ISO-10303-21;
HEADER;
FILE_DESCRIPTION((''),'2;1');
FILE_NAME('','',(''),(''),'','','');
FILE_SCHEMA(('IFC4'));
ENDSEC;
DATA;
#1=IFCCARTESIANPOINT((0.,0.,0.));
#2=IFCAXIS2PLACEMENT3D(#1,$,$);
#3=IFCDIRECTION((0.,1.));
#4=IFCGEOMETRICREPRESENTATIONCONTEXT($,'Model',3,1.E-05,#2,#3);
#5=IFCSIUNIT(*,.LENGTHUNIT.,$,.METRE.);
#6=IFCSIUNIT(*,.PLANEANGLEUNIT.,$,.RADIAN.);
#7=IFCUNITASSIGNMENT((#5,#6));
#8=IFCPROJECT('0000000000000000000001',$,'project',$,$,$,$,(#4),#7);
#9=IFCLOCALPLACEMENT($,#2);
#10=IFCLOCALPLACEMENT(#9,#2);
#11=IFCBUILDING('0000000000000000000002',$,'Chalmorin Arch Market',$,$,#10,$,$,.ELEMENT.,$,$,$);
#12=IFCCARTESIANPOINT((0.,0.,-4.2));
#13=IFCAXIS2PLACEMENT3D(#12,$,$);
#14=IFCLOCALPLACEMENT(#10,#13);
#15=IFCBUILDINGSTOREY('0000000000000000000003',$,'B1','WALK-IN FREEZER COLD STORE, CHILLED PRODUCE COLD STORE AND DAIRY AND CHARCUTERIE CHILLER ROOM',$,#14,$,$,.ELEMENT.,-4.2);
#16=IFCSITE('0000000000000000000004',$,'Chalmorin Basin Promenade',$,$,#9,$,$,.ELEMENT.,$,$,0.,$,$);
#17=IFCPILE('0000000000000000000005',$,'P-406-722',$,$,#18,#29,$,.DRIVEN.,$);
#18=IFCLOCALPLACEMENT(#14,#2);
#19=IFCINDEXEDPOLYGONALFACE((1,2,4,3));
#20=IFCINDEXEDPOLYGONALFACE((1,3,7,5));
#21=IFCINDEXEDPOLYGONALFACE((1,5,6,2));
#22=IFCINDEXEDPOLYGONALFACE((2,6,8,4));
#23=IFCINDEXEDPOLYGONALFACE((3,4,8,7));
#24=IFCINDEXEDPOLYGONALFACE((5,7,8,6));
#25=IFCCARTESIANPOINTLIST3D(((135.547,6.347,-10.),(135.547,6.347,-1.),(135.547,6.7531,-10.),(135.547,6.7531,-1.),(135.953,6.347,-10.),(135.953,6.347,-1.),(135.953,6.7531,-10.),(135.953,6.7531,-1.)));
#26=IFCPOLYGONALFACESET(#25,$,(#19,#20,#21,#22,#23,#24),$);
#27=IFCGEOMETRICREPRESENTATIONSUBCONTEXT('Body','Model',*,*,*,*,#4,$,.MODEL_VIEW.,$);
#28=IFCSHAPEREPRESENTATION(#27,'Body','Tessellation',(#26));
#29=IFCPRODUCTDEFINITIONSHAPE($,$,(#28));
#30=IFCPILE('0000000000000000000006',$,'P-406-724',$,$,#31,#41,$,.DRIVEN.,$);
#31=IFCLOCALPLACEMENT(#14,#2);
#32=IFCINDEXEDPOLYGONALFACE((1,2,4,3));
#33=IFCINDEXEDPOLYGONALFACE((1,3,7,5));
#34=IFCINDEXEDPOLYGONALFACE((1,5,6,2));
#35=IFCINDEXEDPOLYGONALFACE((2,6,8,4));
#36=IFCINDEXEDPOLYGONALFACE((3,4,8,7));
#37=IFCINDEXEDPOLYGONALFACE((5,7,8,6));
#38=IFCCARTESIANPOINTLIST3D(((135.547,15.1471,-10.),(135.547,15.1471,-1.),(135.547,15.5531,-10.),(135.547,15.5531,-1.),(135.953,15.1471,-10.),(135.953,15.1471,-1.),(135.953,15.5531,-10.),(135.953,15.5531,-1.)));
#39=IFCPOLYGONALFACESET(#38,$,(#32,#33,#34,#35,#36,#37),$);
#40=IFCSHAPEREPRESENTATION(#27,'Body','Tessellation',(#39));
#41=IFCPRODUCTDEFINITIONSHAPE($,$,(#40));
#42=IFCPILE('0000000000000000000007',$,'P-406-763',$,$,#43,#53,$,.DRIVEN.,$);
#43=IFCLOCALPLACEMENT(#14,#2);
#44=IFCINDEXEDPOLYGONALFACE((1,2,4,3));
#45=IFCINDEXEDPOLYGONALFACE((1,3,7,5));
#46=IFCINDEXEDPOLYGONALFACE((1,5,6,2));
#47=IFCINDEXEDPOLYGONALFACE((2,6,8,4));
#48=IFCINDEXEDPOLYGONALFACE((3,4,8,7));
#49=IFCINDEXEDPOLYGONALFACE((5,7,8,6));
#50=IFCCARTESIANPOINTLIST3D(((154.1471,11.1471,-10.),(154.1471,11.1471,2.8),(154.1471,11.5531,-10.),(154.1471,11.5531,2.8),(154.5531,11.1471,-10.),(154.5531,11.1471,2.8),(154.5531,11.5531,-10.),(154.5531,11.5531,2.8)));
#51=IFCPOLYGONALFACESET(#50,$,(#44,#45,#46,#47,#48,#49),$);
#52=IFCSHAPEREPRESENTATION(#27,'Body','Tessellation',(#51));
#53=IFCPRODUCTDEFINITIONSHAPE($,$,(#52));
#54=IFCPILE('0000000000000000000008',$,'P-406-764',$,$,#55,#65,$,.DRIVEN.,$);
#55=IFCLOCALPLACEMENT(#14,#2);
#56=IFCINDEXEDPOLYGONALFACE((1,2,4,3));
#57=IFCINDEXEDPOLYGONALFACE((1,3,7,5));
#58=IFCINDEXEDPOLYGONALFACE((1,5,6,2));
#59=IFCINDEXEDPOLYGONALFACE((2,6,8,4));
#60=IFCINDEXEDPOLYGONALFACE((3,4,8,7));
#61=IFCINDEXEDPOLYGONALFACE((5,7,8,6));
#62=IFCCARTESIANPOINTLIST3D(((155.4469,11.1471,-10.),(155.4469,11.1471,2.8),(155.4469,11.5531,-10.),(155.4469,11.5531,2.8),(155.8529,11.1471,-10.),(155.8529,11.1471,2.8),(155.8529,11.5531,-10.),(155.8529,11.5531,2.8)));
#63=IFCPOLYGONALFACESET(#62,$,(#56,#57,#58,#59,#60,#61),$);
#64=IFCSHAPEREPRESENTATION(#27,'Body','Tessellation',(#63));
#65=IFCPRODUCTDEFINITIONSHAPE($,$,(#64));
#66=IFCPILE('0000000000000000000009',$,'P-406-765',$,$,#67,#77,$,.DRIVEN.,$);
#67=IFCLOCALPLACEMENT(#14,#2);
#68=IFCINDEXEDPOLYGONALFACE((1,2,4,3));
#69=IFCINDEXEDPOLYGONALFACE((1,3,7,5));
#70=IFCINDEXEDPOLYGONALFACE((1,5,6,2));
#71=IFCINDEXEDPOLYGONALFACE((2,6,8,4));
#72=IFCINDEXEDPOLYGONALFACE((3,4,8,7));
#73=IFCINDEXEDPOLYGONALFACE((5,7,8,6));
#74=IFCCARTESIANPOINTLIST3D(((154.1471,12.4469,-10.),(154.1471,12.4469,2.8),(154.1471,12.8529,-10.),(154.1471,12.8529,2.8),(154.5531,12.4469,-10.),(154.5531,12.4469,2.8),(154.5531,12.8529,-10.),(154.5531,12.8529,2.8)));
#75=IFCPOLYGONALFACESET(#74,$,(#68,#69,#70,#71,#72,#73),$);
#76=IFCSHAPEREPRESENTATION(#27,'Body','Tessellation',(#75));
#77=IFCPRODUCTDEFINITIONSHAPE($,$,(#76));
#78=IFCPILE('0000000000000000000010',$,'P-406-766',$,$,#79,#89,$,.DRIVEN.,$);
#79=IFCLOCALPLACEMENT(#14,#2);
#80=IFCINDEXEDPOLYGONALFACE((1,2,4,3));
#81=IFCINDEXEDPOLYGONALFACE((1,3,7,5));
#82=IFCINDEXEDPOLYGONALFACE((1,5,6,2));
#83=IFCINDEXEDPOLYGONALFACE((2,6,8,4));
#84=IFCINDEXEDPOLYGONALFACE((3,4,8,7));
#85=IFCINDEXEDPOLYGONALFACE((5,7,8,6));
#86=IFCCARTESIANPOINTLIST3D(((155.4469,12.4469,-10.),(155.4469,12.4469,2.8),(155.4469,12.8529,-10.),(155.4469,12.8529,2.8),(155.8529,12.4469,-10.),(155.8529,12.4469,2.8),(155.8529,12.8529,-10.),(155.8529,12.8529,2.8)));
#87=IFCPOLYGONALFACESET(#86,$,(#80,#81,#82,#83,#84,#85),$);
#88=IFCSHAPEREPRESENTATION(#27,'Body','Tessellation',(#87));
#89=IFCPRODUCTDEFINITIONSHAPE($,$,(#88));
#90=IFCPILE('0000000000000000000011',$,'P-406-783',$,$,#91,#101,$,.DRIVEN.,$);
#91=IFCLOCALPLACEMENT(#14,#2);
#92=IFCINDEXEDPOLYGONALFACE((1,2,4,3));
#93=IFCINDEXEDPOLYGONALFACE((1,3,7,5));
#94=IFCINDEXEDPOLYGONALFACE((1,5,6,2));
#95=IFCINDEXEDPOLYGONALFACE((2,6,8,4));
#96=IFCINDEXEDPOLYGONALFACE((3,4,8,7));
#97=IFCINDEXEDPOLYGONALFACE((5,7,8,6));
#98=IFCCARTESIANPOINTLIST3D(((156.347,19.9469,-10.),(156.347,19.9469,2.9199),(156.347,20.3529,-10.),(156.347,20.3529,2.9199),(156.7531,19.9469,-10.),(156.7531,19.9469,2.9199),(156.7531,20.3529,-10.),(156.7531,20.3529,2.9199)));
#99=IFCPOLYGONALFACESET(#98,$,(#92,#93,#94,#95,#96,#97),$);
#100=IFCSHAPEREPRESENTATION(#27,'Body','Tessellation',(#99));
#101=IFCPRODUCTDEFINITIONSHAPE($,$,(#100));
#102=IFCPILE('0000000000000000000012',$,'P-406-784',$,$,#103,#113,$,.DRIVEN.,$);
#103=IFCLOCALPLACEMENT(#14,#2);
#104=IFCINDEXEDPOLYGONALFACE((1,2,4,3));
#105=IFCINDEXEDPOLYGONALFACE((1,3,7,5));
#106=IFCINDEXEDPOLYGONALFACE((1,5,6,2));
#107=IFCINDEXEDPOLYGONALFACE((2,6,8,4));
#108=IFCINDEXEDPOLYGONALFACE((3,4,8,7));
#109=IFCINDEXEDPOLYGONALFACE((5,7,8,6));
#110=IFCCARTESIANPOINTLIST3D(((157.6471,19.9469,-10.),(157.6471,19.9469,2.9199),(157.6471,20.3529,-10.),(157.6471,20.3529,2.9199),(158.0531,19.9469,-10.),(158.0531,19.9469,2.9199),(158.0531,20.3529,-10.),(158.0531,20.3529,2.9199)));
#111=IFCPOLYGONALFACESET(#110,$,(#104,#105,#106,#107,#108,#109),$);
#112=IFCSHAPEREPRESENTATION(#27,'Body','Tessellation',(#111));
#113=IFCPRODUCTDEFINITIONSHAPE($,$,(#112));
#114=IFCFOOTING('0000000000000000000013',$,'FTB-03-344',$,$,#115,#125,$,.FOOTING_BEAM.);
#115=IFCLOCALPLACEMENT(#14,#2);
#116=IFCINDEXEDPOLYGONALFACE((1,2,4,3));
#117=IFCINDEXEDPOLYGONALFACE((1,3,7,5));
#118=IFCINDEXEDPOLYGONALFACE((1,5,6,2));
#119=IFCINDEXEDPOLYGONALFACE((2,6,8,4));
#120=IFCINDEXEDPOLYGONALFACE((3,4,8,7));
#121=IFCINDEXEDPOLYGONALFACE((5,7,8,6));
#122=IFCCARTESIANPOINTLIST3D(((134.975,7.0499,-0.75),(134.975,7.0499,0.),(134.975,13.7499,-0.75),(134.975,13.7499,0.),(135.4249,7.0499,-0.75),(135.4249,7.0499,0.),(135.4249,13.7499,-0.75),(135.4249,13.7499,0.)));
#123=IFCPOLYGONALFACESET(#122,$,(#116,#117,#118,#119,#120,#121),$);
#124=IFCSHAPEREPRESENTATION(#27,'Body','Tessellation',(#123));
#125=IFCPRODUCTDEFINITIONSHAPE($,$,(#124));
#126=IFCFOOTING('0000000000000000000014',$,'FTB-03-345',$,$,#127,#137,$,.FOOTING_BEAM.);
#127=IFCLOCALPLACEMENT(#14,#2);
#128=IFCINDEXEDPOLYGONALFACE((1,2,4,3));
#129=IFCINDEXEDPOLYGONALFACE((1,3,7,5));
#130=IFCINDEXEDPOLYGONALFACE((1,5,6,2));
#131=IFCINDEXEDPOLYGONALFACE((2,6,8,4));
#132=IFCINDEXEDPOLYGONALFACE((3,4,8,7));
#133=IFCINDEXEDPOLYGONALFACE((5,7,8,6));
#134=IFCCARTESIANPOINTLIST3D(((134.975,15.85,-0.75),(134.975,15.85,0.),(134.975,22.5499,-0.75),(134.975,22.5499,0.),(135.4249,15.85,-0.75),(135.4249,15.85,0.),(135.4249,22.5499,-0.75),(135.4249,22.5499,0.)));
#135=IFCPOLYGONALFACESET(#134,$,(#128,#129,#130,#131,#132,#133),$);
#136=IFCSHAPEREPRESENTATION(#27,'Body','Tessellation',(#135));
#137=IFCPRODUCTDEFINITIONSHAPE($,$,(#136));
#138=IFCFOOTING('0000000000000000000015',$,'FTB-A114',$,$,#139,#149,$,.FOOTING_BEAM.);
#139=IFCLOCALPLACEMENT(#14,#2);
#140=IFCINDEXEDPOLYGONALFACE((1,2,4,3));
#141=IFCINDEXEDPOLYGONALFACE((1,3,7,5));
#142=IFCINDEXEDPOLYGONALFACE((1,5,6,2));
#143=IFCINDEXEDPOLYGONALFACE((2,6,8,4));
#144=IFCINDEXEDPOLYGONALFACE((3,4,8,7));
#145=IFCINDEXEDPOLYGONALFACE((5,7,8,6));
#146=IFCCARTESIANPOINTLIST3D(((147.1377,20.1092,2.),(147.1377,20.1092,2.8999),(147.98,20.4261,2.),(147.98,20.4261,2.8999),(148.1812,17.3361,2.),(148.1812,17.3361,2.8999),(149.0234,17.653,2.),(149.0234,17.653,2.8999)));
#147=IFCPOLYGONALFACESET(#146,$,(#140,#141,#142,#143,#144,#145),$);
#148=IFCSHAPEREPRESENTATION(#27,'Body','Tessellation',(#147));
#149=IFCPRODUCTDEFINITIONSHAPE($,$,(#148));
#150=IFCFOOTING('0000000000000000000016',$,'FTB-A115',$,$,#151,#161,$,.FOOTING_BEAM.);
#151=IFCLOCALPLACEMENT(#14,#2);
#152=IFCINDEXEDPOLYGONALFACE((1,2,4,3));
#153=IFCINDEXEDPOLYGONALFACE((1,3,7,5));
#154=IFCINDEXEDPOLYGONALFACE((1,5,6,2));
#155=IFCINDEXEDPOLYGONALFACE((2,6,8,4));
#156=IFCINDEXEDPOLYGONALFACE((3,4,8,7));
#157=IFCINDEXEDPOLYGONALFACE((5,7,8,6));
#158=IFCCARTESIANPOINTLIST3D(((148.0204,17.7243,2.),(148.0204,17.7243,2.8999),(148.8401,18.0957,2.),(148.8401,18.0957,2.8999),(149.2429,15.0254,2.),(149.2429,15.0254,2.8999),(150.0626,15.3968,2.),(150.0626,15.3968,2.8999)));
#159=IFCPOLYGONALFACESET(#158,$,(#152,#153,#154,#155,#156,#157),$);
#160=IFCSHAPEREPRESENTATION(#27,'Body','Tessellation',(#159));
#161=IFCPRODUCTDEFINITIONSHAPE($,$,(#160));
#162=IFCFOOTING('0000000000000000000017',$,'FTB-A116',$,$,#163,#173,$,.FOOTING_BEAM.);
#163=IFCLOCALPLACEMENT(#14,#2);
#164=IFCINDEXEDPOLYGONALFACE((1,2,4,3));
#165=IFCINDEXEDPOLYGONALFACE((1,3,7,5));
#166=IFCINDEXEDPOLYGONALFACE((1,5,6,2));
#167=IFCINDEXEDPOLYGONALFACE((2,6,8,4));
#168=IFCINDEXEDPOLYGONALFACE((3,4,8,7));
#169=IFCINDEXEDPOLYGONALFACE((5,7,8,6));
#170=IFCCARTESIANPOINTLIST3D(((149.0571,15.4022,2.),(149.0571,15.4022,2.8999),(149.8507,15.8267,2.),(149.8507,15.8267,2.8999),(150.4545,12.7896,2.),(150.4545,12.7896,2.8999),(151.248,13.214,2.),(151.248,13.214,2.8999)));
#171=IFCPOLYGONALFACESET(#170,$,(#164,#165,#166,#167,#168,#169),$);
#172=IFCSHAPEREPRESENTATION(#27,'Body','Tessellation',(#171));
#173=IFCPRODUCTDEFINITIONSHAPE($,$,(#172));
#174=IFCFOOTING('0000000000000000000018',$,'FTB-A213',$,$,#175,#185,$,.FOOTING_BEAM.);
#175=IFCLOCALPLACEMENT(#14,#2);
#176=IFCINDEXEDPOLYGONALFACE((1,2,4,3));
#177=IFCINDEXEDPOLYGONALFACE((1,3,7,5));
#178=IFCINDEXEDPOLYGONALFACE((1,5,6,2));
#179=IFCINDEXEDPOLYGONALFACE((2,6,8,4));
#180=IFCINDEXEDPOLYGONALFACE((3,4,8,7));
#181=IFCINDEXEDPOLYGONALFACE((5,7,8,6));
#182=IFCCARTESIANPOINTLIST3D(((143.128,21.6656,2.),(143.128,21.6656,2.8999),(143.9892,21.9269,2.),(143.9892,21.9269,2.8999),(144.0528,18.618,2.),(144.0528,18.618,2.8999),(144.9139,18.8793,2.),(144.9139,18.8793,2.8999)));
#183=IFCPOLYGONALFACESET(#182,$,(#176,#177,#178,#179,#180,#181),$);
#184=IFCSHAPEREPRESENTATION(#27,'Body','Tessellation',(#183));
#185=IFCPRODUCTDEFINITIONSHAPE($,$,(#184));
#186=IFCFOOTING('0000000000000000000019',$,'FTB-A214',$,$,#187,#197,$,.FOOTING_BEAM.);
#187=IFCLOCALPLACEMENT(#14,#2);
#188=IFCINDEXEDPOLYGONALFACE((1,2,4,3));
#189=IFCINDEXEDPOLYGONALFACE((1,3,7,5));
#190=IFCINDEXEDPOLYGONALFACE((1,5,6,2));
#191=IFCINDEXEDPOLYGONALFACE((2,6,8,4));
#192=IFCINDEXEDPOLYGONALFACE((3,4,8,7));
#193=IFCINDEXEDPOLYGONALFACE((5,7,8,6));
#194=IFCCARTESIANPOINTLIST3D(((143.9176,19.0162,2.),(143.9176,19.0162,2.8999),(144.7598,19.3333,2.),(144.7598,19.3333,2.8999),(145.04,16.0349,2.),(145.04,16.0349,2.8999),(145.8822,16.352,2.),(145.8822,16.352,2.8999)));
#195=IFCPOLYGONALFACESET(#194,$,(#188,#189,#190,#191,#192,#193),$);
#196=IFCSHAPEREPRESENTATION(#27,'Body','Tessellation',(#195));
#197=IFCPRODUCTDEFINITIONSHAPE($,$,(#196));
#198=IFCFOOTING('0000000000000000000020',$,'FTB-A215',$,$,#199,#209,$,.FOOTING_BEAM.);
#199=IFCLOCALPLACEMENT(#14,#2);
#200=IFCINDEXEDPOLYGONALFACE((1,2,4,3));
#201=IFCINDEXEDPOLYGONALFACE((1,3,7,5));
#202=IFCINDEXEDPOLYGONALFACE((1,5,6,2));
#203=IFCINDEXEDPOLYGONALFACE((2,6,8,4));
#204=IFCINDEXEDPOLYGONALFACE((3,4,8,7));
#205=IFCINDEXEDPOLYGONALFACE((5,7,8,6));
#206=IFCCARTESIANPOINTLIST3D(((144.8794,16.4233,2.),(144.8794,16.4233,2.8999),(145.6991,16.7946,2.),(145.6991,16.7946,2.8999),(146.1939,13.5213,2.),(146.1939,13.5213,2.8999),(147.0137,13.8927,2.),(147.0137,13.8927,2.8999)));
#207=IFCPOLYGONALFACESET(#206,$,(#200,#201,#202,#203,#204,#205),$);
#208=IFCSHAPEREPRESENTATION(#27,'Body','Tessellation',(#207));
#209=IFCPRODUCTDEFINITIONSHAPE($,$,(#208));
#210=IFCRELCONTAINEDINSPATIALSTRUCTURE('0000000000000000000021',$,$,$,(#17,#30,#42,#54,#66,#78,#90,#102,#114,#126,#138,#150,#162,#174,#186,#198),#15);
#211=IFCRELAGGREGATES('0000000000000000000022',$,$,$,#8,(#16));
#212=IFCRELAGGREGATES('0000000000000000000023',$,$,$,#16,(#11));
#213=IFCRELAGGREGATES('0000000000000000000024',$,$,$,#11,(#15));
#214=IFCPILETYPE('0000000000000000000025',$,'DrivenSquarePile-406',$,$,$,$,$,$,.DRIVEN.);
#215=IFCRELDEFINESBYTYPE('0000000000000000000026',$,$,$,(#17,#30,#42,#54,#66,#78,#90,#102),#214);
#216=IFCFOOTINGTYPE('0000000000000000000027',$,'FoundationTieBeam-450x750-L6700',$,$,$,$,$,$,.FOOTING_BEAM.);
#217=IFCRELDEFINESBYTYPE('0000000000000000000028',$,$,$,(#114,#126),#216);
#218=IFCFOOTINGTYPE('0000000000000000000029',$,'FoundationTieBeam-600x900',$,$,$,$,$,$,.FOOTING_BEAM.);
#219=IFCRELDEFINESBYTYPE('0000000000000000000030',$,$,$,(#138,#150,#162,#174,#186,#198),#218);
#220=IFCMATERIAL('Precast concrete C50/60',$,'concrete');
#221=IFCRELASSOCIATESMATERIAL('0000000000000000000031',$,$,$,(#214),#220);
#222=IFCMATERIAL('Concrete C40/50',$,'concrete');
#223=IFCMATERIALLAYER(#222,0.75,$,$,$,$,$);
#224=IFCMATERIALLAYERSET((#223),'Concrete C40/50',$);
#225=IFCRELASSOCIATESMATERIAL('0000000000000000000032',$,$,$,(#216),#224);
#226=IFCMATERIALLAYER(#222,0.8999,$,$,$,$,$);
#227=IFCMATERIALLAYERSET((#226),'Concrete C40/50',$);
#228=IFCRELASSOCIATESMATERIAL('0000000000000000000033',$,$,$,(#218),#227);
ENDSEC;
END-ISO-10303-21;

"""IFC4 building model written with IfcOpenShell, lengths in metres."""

from ifc_helpers import new_model, si_unit, direction, frame, origin, origin_2d, place, context, subcontext, project, spatial, rectangle, extrude, material, layer, layer_set, material_profile, profile_set, type_object, element, save


model = new_model("IFC4")

# Units and contexts
model_context = context("Model", 3, precision=1e-05, world=origin(), true_north=direction((0.0, 1.0)))
body_context = subcontext(model_context, "Body", "Model", "MODEL_VIEW")
ifc_project = project(units=[si_unit("LENGTHUNIT", "METRE"), si_unit("PLANEANGLEUNIT", "RADIAN")], contexts=[model_context])

# Site, building, storey
site_placement = place(None, origin())
site = spatial("IfcSite", under=ifc_project, at=site_placement, Name="Chalmorin Basin Promenade", CompositionType="ELEMENT", RefElevation=0.0)
building_placement = place(site_placement, origin())
building = spatial("IfcBuilding", under=site, at=building_placement, Name="Chalmorin Arch Market", CompositionType="ELEMENT")
storey_placement = place(building_placement, frame((0.0, 0.0, -4.2)))
storey = spatial("IfcBuildingStorey", under=building, at=storey_placement, Name="B1", Description="WALK-IN FREEZER COLD STORE, CHILLED PRODUCE COLD STORE AND DAIRY AND CHARCUTERIE CHILLER ROOM", CompositionType="ELEMENT", Elevation=-4.2)

# Piles
ifc_material_1 = material(Name="Precast concrete C50/60", Category="concrete")
ifc_material_profile_1 = material_profile(ifc_material_1, rectangle(XDim=0.406, YDim=0.406, at=origin_2d()), Name="PPC406")
ifc_profile_set_1 = profile_set([ifc_material_profile_1], Name="Precast concrete C50/60")
pile_type = type_object("IfcPileType", Name="DrivenSquarePile-406", PredefinedType="DRIVEN", material=ifc_profile_set_1)
for number, where, z_axis, x_axis, name in (
    (1, (135.75, 6.55, -1.0), (0.0, 0.0, -1.0), (1.0, 0.0, 0.0), "P-406-722"),
    (2, (135.75, 15.3501, -1.0), (0.0, 0.0, -1.0), (1.0, 0.0, 0.0), "P-406-724"),
):
    element("IfcPile", number, at=place(storey_placement, frame(where, z_axis=z_axis, x_axis=x_axis)), inside=storey, type_object=pile_type, Name=name, PredefinedType="DRIVEN", context=body_context, shape_type="SweptSolid", body=[
        extrude(rectangle(XDim=0.406, YDim=0.406, at=origin_2d()), origin(), (0.0, 0.0, 1.0), 9.0),
    ])
for number, where, z_axis, x_axis, name in (
    (3, (154.3501, 11.3501, 2.8), (0.0, 0.0, -1.0), (1.0, 0.0, 0.0), "P-406-763"),
    (4, (155.6499, 11.3501, 2.8), (0.0, 0.0, -1.0), (1.0, 0.0, 0.0), "P-406-764"),
    (5, (154.3501, 12.6499, 2.8), (0.0, 0.0, -1.0), (1.0, 0.0, 0.0), "P-406-765"),
    (6, (155.6499, 12.6499, 2.8), (0.0, 0.0, -1.0), (1.0, 0.0, 0.0), "P-406-766"),
):
    element("IfcPile", number, at=place(storey_placement, frame(where, z_axis=z_axis, x_axis=x_axis)), inside=storey, type_object=pile_type, Name=name, PredefinedType="DRIVEN", context=body_context, shape_type="SweptSolid", body=[
        extrude(rectangle(XDim=0.406, YDim=0.406, at=origin_2d()), origin(), (0.0, 0.0, 1.0), 12.8),
    ])
for number, where, z_axis, x_axis, name in (
    (7, (156.55, 20.1499, 2.9199), (0.0, 0.0, -1.0), (1.0, 0.0, 0.0), "P-406-783"),
    (8, (157.8501, 20.1499, 2.9199), (0.0, 0.0, -1.0), (1.0, 0.0, 0.0), "P-406-784"),
):
    element("IfcPile", number, at=place(storey_placement, frame(where, z_axis=z_axis, x_axis=x_axis)), inside=storey, type_object=pile_type, Name=name, PredefinedType="DRIVEN", context=body_context, shape_type="SweptSolid", body=[
        extrude(rectangle(XDim=0.406, YDim=0.406, at=origin_2d()), origin(), (0.0, 0.0, 1.0), 12.9199),
    ])

# Footings
ifc_material_2 = material(Name="Concrete C40/50", Category="concrete")
ifc_layer_1 = layer(ifc_material_2, 0.75)
ifc_layer_set_1 = layer_set([ifc_layer_1], Name="Concrete C40/50")
footing_type_1 = type_object("IfcFootingType", Name="FoundationTieBeam-450x750-L6700", PredefinedType="FOOTING_BEAM", material=ifc_layer_set_1)
for number, where, z_axis, x_axis, name in (
    (9, (135.2, 10.3999, -0.75), (0.0, 0.0, 1.0), (0.0, 1.0, 0.0), "FTB-03-344"),
    (10, (135.2, 19.2, -0.75), (0.0, 0.0, 1.0), (0.0, 1.0, 0.0), "FTB-03-345"),
):
    element("IfcFooting", number, at=place(storey_placement, frame(where, z_axis=z_axis, x_axis=x_axis)), inside=storey, type_object=footing_type_1, Name=name, PredefinedType="FOOTING_BEAM", context=body_context, shape_type="SweptSolid", body=[
        extrude(rectangle(XDim=6.7, YDim=0.45, at=origin_2d()), origin(), (0.0, 0.0, 1.0), 0.75),
    ])
ifc_layer_2 = layer(ifc_material_2, 0.8999)
ifc_layer_set_2 = layer_set([ifc_layer_2], Name="Concrete C40/50")
footing_type_2 = type_object("IfcFootingType", Name="FoundationTieBeam-600x900", PredefinedType="FOOTING_BEAM", material=ifc_layer_set_2)
for number, where, z_axis, x_axis, name in (
    (11, (148.0806, 18.8811, 2.0), (0.0, 0.0, 1.0), (0.352168, -0.935937, 0.0), "FTB-A114"),
    (12, (149.0415, 16.5605, 2.0), (0.0, 0.0, 1.0), (0.412628, -0.9109, 0.0), "FTB-A115"),
    (13, (150.1526, 14.3081, 2.0), (0.0, 0.0, 1.0), (0.471628, -0.881798, 0.0), "FTB-A116"),
):
    element("IfcFooting", number, at=place(storey_placement, frame(where, z_axis=z_axis, x_axis=x_axis)), inside=storey, type_object=footing_type_2, Name=name, PredefinedType="FOOTING_BEAM", context=body_context, shape_type="SweptSolid", body=[
        extrude(rectangle(XDim=2.9629, YDim=0.8999, at=origin_2d()), origin(), (0.0, 0.0, 1.0), 0.8999),
    ])
footing_1_placement = place(storey_placement, frame((144.021, 20.2725, 2.0), z_axis=(0.0, 0.0, 1.0), x_axis=(0.290368, -0.956915, 0.0)))
element("IfcFooting", 14, at=footing_1_placement, inside=storey, type_object=footing_type_2, Name="FTB-A213", PredefinedType="FOOTING_BEAM", context=body_context, shape_type="SweptSolid", body=[
    extrude(rectangle(XDim=3.1848, YDim=0.8999, at=origin_2d()), origin(), (0.0, 0.0, 1.0), 0.8999),
])
footing_2_placement = place(storey_placement, frame((144.8999, 17.6841, 2.0), z_axis=(0.0, 0.0, 1.0), x_axis=(0.352332, -0.935875, 0.0)))
element("IfcFooting", 15, at=footing_2_placement, inside=storey, type_object=footing_type_2, Name="FTB-A214", PredefinedType="FOOTING_BEAM", context=body_context, shape_type="SweptSolid", body=[
    extrude(rectangle(XDim=3.1855, YDim=0.8999, at=origin_2d()), origin(), (0.0, 0.0, 1.0), 0.8999),
])
footing_3_placement = place(storey_placement, frame((145.9465, 15.158, 2.0), z_axis=(0.0, 0.0, 1.0), x_axis=(0.412628, -0.9109, 0.0)))
element("IfcFooting", 16, at=footing_3_placement, inside=storey, type_object=footing_type_2, Name="FTB-A215", PredefinedType="FOOTING_BEAM", context=body_context, shape_type="SweptSolid", body=[
    extrude(rectangle(XDim=3.1858, YDim=0.8999, at=origin_2d()), origin(), (0.0, 0.0, 1.0), 0.8999),
])

save(model, "model.ifc")
